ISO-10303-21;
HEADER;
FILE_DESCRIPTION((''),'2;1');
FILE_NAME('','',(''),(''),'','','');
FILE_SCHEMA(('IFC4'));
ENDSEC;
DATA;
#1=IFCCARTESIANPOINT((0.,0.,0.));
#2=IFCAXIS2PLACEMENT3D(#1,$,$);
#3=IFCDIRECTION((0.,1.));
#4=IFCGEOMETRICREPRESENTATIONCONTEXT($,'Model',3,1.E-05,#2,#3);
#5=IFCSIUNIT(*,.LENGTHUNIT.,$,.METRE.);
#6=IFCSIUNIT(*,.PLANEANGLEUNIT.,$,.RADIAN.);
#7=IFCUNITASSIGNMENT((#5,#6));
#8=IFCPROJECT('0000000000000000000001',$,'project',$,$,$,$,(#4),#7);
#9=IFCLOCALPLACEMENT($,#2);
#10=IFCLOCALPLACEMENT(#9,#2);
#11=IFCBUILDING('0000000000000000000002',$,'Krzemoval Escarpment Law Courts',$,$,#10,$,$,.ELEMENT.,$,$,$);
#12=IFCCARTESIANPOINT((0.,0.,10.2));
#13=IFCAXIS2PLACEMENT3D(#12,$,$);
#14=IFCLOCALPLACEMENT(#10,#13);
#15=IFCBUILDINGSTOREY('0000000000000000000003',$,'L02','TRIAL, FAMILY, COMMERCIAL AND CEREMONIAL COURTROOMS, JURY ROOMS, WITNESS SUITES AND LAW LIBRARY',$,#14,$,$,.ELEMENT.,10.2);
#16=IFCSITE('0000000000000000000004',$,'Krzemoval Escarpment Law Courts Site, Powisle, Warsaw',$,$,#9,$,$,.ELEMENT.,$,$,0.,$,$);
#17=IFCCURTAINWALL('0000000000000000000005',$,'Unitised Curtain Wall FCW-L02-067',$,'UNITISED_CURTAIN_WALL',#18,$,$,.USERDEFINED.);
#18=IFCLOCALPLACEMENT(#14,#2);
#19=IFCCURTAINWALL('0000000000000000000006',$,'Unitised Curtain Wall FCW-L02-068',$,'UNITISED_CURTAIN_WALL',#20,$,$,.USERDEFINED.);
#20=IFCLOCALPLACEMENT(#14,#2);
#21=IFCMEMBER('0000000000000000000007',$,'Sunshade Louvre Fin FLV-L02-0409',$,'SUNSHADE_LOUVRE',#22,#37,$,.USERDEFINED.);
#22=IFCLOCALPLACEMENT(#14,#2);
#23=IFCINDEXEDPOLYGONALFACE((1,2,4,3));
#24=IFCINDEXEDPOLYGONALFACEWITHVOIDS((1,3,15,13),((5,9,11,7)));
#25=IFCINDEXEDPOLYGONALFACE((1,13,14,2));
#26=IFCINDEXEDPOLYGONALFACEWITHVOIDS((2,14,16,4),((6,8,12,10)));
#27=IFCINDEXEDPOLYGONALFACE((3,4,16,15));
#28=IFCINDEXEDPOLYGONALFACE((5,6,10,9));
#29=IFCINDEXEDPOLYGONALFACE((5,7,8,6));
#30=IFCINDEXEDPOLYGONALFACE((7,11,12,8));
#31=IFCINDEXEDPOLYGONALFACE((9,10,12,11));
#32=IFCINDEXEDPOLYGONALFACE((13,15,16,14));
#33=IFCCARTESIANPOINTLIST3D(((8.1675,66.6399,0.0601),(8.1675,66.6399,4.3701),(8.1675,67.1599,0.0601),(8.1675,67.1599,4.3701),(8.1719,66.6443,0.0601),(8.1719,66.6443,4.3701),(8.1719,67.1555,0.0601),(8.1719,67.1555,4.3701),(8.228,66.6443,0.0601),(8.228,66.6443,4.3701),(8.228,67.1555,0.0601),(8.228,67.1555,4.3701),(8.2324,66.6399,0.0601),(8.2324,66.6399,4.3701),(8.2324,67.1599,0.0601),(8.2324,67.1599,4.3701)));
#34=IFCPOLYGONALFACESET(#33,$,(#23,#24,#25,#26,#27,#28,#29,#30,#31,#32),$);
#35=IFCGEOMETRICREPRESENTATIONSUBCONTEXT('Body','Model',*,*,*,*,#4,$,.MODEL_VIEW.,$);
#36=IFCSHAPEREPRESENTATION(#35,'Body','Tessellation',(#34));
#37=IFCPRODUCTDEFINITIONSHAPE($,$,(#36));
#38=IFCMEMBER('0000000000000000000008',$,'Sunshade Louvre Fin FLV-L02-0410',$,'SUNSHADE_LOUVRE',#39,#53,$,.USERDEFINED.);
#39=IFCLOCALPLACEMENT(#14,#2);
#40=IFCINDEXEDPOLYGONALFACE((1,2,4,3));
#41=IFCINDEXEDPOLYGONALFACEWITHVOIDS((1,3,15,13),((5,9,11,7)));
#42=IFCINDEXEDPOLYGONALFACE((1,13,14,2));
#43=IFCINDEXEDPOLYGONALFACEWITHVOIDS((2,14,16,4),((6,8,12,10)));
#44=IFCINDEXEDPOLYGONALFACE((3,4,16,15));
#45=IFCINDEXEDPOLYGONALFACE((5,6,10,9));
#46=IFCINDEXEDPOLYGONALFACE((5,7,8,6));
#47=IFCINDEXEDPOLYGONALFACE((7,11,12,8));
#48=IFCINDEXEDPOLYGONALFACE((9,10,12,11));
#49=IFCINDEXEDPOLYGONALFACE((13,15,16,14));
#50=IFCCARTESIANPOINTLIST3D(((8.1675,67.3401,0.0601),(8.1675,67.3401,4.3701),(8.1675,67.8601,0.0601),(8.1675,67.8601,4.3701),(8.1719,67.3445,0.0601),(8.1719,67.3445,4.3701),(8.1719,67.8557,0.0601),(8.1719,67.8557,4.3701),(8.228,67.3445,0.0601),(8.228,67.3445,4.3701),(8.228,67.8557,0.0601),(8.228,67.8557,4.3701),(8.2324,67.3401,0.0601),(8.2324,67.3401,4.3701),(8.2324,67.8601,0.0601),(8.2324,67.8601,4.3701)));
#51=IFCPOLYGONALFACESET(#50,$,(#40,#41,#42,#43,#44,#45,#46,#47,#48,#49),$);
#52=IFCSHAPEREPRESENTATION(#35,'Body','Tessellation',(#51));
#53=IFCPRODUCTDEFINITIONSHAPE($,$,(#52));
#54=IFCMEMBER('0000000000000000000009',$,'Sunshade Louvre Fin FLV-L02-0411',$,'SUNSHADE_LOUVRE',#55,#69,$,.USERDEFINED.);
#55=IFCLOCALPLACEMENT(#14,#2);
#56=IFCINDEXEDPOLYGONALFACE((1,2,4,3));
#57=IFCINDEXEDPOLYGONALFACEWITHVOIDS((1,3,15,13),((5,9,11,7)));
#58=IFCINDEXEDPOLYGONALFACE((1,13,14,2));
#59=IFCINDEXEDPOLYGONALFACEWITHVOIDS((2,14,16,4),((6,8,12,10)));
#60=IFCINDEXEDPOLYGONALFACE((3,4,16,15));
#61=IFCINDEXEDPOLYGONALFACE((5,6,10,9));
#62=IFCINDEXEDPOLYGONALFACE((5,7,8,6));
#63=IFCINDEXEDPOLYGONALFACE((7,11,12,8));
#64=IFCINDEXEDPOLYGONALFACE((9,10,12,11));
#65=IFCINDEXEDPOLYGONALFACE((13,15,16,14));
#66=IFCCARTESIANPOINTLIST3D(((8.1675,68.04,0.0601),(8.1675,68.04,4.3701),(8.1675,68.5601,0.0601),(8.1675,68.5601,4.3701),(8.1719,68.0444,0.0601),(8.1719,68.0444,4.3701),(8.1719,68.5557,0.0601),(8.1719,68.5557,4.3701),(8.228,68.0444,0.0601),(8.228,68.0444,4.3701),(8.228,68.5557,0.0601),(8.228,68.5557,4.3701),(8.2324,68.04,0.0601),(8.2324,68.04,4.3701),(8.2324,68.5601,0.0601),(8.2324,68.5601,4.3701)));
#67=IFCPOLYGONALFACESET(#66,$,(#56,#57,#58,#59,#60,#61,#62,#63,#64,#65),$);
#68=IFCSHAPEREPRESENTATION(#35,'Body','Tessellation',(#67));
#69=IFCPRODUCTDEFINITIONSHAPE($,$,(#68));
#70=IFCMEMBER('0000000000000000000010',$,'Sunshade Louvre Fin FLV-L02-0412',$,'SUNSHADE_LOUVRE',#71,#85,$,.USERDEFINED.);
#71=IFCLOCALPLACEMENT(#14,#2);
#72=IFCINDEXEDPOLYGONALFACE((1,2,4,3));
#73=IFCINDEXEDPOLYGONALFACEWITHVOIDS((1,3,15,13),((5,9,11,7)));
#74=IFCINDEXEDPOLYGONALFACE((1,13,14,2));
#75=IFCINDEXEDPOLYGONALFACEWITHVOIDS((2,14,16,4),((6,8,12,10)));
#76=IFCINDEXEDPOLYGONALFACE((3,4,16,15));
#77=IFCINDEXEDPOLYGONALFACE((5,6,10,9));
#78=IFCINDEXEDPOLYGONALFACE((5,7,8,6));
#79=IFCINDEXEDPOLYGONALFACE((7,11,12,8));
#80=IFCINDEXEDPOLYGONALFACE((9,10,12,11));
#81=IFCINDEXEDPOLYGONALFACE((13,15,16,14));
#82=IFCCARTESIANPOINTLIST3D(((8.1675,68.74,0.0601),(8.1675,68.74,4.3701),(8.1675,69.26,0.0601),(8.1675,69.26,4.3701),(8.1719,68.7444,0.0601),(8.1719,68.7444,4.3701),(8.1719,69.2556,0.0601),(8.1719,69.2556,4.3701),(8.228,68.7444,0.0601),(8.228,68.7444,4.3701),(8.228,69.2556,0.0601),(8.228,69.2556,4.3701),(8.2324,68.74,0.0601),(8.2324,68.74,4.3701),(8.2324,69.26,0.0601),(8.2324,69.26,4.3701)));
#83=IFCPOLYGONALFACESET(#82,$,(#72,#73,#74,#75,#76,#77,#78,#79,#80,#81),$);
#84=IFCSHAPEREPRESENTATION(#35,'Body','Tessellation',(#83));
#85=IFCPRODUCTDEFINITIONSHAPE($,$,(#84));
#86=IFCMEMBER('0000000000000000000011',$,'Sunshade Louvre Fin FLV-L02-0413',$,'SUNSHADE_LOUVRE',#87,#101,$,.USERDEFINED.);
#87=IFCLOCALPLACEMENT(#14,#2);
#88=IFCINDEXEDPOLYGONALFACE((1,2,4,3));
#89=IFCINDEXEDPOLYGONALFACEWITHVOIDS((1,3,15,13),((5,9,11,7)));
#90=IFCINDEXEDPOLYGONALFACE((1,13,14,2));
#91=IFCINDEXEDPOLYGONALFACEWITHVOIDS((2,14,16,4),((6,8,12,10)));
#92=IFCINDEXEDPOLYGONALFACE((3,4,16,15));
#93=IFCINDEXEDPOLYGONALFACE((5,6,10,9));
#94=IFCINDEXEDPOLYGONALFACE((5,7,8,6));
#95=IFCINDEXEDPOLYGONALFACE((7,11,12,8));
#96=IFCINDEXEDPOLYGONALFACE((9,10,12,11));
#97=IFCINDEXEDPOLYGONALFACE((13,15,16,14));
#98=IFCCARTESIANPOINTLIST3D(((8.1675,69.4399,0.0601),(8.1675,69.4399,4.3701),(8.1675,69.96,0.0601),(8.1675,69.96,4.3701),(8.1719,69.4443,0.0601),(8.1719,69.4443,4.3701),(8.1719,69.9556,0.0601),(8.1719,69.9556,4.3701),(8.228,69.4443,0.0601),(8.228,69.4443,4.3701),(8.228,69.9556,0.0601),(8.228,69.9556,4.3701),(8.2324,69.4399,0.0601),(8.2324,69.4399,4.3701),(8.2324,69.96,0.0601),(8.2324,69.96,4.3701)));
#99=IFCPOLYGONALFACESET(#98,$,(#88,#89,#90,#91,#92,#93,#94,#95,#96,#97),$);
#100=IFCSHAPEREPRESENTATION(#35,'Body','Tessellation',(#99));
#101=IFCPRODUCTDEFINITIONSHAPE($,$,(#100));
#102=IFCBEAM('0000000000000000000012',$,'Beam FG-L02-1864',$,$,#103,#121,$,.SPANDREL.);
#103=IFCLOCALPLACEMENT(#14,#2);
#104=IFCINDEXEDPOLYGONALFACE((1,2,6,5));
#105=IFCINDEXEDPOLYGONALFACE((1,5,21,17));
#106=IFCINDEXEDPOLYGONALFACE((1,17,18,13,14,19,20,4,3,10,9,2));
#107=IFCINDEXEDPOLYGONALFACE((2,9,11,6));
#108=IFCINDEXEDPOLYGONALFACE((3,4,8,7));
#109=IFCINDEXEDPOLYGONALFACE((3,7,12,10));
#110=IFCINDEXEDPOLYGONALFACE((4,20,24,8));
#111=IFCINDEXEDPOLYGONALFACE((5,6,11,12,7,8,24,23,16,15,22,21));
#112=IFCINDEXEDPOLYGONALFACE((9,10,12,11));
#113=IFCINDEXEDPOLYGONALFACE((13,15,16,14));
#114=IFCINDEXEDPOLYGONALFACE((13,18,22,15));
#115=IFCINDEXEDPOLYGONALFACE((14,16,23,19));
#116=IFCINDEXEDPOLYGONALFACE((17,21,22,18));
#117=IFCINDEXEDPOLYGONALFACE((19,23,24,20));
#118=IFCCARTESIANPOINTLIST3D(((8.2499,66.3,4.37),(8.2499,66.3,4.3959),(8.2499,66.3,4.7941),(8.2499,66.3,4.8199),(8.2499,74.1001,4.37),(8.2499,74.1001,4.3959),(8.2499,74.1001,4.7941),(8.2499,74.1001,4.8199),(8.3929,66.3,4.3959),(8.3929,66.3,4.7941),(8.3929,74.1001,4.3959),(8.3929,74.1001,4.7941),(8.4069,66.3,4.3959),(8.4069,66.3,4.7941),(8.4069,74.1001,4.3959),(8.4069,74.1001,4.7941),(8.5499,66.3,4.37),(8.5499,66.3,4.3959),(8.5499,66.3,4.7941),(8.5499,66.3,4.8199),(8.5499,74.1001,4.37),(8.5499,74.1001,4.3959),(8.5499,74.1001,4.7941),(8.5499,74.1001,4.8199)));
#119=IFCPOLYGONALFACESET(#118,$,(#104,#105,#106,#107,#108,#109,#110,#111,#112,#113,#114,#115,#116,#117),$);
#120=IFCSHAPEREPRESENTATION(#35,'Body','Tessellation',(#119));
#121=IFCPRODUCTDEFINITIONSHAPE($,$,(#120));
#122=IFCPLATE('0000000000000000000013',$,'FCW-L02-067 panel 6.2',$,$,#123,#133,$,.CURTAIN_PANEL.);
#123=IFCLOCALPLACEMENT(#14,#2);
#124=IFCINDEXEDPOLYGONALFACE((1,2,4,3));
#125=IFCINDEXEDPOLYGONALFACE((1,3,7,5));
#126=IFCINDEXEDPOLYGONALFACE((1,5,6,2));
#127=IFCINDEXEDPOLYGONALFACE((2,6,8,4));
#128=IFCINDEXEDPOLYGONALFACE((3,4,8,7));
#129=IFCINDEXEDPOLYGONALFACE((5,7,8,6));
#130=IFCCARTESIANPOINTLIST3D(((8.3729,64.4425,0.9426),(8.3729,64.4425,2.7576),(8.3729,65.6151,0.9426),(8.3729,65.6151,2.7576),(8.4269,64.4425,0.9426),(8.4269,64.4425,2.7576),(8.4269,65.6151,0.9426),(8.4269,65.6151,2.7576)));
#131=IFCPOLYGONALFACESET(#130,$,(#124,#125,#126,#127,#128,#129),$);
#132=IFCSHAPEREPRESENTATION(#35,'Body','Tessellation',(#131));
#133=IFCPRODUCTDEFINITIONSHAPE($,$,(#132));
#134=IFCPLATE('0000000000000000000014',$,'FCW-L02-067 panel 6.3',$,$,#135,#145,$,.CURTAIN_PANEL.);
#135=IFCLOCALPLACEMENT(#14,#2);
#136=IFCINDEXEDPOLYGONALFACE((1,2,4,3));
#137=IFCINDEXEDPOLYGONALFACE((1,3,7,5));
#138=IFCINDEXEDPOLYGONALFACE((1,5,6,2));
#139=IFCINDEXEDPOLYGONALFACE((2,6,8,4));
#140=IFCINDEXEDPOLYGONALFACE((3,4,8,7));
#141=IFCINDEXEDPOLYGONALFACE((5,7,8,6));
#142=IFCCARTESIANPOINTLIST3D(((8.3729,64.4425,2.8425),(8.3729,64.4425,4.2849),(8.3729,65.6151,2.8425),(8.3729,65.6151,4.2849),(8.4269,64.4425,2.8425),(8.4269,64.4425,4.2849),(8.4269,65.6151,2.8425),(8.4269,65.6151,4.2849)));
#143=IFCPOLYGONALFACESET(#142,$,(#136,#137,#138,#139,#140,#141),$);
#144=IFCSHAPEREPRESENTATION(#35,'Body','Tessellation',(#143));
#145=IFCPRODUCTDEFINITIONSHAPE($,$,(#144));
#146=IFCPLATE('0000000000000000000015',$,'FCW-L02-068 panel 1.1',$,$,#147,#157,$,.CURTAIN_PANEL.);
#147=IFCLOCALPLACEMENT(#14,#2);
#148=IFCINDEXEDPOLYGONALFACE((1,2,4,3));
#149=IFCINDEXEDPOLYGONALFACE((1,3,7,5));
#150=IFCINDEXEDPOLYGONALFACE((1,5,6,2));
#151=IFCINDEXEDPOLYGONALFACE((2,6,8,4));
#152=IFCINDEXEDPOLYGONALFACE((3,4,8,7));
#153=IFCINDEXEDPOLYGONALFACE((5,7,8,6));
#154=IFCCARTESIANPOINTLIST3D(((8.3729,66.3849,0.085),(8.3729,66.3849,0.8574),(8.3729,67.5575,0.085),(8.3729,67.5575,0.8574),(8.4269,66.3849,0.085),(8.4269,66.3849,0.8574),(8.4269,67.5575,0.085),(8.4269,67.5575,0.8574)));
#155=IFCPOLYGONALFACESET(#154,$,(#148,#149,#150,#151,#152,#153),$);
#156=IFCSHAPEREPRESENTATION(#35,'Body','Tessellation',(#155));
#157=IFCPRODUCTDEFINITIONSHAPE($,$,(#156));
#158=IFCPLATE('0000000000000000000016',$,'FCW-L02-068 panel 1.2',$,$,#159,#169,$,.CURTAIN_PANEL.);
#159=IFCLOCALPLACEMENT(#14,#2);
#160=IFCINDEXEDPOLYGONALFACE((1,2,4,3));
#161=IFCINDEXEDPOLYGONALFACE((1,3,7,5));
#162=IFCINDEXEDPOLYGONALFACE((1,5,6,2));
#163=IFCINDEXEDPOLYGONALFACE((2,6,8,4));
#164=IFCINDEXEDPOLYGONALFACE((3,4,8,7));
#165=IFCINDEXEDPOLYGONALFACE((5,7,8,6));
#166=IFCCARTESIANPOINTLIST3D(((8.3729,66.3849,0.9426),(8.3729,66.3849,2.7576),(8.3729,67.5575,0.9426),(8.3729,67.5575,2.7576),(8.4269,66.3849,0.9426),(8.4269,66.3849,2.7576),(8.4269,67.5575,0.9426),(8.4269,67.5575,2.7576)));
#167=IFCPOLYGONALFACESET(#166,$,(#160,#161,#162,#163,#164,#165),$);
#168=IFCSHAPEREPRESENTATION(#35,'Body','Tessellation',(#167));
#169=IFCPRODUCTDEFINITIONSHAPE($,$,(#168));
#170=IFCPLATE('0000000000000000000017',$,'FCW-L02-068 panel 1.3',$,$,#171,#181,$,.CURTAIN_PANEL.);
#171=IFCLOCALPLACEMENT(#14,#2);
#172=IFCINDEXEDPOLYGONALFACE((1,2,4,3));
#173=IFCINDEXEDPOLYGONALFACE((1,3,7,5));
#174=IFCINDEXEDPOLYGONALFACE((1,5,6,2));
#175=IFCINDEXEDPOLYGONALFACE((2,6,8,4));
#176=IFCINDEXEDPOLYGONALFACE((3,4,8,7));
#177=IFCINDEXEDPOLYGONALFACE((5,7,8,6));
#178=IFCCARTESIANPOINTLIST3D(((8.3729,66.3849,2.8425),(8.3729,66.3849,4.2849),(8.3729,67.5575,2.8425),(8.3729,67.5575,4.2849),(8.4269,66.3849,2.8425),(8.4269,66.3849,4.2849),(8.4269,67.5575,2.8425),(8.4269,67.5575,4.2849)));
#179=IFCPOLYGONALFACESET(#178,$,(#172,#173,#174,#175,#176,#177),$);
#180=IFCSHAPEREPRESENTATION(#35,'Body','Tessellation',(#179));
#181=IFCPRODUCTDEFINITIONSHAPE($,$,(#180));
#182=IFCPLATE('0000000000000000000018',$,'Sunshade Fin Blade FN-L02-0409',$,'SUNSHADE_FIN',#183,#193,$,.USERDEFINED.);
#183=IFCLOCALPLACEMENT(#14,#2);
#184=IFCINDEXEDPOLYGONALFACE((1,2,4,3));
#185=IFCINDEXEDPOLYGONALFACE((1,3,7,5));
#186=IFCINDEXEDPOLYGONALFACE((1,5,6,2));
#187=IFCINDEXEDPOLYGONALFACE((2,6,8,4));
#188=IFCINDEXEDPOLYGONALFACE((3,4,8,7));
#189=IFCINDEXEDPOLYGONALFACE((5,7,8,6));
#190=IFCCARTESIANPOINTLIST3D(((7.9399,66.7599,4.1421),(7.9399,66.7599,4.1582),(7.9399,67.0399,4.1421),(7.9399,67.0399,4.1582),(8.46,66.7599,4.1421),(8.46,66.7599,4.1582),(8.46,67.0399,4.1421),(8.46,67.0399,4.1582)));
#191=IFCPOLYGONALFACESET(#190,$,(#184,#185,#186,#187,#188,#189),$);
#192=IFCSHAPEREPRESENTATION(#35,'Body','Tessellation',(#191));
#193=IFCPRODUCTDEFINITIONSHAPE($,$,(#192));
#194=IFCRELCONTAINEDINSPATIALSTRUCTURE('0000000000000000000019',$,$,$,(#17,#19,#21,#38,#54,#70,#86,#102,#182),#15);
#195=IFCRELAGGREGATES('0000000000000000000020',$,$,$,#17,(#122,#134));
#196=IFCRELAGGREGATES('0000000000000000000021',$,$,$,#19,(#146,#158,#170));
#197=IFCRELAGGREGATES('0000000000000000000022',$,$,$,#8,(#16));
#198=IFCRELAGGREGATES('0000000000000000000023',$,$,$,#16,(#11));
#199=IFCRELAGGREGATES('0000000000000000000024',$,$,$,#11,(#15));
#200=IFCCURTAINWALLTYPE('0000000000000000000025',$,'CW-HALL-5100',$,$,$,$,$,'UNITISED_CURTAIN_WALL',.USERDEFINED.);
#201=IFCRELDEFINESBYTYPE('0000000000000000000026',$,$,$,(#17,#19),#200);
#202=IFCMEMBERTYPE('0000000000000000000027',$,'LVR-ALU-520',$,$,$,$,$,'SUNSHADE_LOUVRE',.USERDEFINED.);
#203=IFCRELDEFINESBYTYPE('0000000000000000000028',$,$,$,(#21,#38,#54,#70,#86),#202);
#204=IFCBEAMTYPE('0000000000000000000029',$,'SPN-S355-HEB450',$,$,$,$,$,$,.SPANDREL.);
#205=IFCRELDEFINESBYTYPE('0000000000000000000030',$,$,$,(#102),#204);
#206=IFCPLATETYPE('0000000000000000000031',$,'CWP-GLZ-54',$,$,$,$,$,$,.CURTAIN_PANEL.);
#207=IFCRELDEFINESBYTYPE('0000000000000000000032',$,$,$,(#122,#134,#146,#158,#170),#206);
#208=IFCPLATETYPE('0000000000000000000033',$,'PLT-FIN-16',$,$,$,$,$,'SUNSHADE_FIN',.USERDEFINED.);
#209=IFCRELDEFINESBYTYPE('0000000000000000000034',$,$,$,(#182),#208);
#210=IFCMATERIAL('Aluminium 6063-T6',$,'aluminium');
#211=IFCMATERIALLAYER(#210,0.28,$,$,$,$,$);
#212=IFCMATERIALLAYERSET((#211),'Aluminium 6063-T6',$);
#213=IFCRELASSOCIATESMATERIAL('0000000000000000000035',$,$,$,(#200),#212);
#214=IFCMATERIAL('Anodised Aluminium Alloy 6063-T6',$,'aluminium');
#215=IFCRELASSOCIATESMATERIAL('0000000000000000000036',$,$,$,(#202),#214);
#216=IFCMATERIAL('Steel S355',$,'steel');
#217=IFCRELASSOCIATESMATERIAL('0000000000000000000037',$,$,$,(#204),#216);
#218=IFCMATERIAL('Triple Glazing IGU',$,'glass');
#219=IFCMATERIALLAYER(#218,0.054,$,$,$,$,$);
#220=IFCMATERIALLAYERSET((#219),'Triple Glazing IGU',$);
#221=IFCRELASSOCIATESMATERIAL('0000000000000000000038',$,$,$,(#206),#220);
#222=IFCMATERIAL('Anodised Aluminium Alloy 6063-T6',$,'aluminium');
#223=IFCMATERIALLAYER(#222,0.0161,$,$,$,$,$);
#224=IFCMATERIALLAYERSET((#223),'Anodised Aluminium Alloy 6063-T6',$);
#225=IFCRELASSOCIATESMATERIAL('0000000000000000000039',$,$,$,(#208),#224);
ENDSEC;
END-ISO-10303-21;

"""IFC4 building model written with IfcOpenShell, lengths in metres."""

from ifc_helpers import new_model, si_unit, direction, frame, origin, origin_2d, place, context, subcontext, project, spatial, rectangle, hollow_rectangle, i_section, extrude, material, layer, layer_set, material_profile, profile_set, type_object, element, aggregate, save


model = new_model("IFC4")

# Units and contexts
model_context = context("Model", 3, precision=1e-05, world=origin(), true_north=direction((0.0, 1.0)))
body_context = subcontext(model_context, "Body", "Model", "MODEL_VIEW")
ifc_project = project(units=[si_unit("LENGTHUNIT", "METRE"), si_unit("PLANEANGLEUNIT", "RADIAN")], contexts=[model_context])

# Site, building, storey
site_placement = place(None, origin())
site = spatial("IfcSite", under=ifc_project, at=site_placement, Name="Krzemoval Escarpment Law Courts Site, Powisle, Warsaw", CompositionType="ELEMENT", RefElevation=0.0)
building_placement = place(site_placement, origin())
building = spatial("IfcBuilding", under=site, at=building_placement, Name="Krzemoval Escarpment Law Courts", CompositionType="ELEMENT")
storey_placement = place(building_placement, frame((0.0, 0.0, 10.2)))
storey = spatial("IfcBuildingStorey", under=building, at=storey_placement, Name="L02", Description="TRIAL, FAMILY, COMMERCIAL AND CEREMONIAL COURTROOMS, JURY ROOMS, WITNESS SUITES AND LAW LIBRARY", CompositionType="ELEMENT", Elevation=10.2)

# Curtain wall
ifc_material_1 = material(Name="Aluminium 6063-T6", Category="aluminium")
ifc_layer_1 = layer(ifc_material_1, 0.28)
ifc_layer_set_1 = layer_set([ifc_layer_1], Name="Aluminium 6063-T6")
curtain_wall_type = type_object("IfcCurtainWallType", Name="CW-HALL-5100", ElementType="UNITISED_CURTAIN_WALL", PredefinedType="USERDEFINED", material=ifc_layer_set_1)
curtain_wall_1_placement = place(storey_placement, origin())
curtain_wall_1 = element("IfcCurtainWall", 1, at=curtain_wall_1_placement, inside=storey, type_object=curtain_wall_type, Name="Unitised Curtain Wall FCW-L02-067", ObjectType="UNITISED_CURTAIN_WALL", PredefinedType="USERDEFINED")

# Curtain wall
curtain_wall_2_placement = place(storey_placement, origin())
curtain_wall_2 = element("IfcCurtainWall", 2, at=curtain_wall_2_placement, inside=storey, type_object=curtain_wall_type, Name="Unitised Curtain Wall FCW-L02-068", ObjectType="UNITISED_CURTAIN_WALL", PredefinedType="USERDEFINED")

# Members
ifc_material_2 = material(Name="Anodised Aluminium Alloy 6063-T6", Category="aluminium")
ifc_material_profile_1 = material_profile(ifc_material_2, hollow_rectangle(XDim=0.0649, YDim=0.52, WallThickness=0.0044, at=origin_2d()), Name="ALU LVR 65x520")
ifc_profile_set_1 = profile_set([ifc_material_profile_1], Name="Anodised Aluminium Alloy 6063-T6")
member_type_1 = type_object("IfcMemberType", Name="LVR-ALU-520", ElementType="SUNSHADE_LOUVRE", PredefinedType="USERDEFINED", material=ifc_profile_set_1)
for number, where, z_axis, x_axis, name in (
    (3, (8.2, 66.8999, 0.0601), (0.0, 0.0, 1.0), (1.0, 0.0, 0.0), "Sunshade Louvre Fin FLV-L02-0409"),
    (4, (8.2, 67.6001, 0.0601), (0.0, 0.0, 1.0), (1.0, 0.0, 0.0), "Sunshade Louvre Fin FLV-L02-0410"),
    (5, (8.2, 68.3, 0.0601), (0.0, 0.0, 1.0), (1.0, 0.0, 0.0), "Sunshade Louvre Fin FLV-L02-0411"),
    (6, (8.2, 69.0, 0.0601), (0.0, 0.0, 1.0), (1.0, 0.0, 0.0), "Sunshade Louvre Fin FLV-L02-0412"),
    (7, (8.2, 69.7, 0.0601), (0.0, 0.0, 1.0), (1.0, 0.0, 0.0), "Sunshade Louvre Fin FLV-L02-0413"),
):
    element("IfcMember", number, at=place(storey_placement, frame(where, z_axis=z_axis, x_axis=x_axis)), inside=storey, type_object=member_type_1, Name=name, ObjectType="SUNSHADE_LOUVRE", PredefinedType="USERDEFINED", context=body_context, shape_type="SweptSolid", body=[
        extrude(hollow_rectangle(XDim=0.0649, YDim=0.52, WallThickness=0.0044, at=origin_2d()), origin(), (0.0, 0.0, 1.0), 4.3101),
    ])

# Beam
ifc_material_3 = material(Name="Steel S355", Category="steel")
ifc_material_profile_2 = material_profile(ifc_material_3, i_section(OverallWidth=0.3, OverallDepth=0.45, WebThickness=0.0139, FlangeThickness=0.0259, at=origin_2d()), Name="HEB 450")
ifc_profile_set_2 = profile_set([ifc_material_profile_2], Name="Steel S355")
beam_type = type_object("IfcBeamType", Name="SPN-S355-HEB450", PredefinedType="SPANDREL", material=ifc_profile_set_2)
beam_placement = place(storey_placement, frame((8.3999, 66.3, 4.595), z_axis=(0.0, 1.0, 0.0), x_axis=(-1.0, 0.0, 0.0)))
element("IfcBeam", 8, at=beam_placement, inside=storey, type_object=beam_type, Name="Beam FG-L02-1864", PredefinedType="SPANDREL", context=body_context, shape_type="SweptSolid", body=[
    extrude(i_section(OverallWidth=0.3, OverallDepth=0.45, WebThickness=0.0139, FlangeThickness=0.0259, at=origin_2d()), origin(), (0.0, 0.0, 1.0), 7.8),
])

# Plates
ifc_material_4 = material(Name="Triple Glazing IGU", Category="glass")
ifc_layer_2 = layer(ifc_material_4, 0.054)
ifc_layer_set_2 = layer_set([ifc_layer_2], Name="Triple Glazing IGU")
plate_type_1 = type_object("IfcPlateType", Name="CWP-GLZ-54", PredefinedType="CURTAIN_PANEL", material=ifc_layer_set_2)
plate_1_placement = place(storey_placement, frame((8.3999, 65.0288, 0.9426), z_axis=(0.0, 0.0, 1.0), x_axis=(0.0, 1.0, 0.0)))
plate_1 = element("IfcPlate", 9, at=plate_1_placement, type_object=plate_type_1, Name="FCW-L02-067 panel 6.2", PredefinedType="CURTAIN_PANEL", context=body_context, shape_type="SweptSolid", body=[
    extrude(rectangle(XDim=1.1726, YDim=0.054, at=origin_2d()), origin(), (0.0, 0.0, 1.0), 1.8149),
])
plate_2_placement = place(storey_placement, frame((8.3999, 65.0288, 2.8425), z_axis=(0.0, 0.0, 1.0), x_axis=(0.0, 1.0, 0.0)))
plate_2 = element("IfcPlate", 10, at=plate_2_placement, type_object=plate_type_1, Name="FCW-L02-067 panel 6.3", PredefinedType="CURTAIN_PANEL", context=body_context, shape_type="SweptSolid", body=[
    extrude(rectangle(XDim=1.1726, YDim=0.054, at=origin_2d()), origin(), (0.0, 0.0, 1.0), 1.4424),
])
aggregate(curtain_wall_1, [plate_1, plate_2])
plate_3_placement = place(storey_placement, frame((8.3999, 66.9712, 0.085), z_axis=(0.0, 0.0, 1.0), x_axis=(0.0, 1.0, 0.0)))
plate_3 = element("IfcPlate", 11, at=plate_3_placement, type_object=plate_type_1, Name="FCW-L02-068 panel 1.1", PredefinedType="CURTAIN_PANEL", context=body_context, shape_type="SweptSolid", body=[
    extrude(rectangle(XDim=1.1726, YDim=0.054, at=origin_2d()), origin(), (0.0, 0.0, 1.0), 0.7725),
])
plate_4_placement = place(storey_placement, frame((8.3999, 66.9712, 0.9426), z_axis=(0.0, 0.0, 1.0), x_axis=(0.0, 1.0, 0.0)))
plate_4 = element("IfcPlate", 12, at=plate_4_placement, type_object=plate_type_1, Name="FCW-L02-068 panel 1.2", PredefinedType="CURTAIN_PANEL", context=body_context, shape_type="SweptSolid", body=[
    extrude(rectangle(XDim=1.1726, YDim=0.054, at=origin_2d()), origin(), (0.0, 0.0, 1.0), 1.8149),
])
plate_5_placement = place(storey_placement, frame((8.3999, 66.9712, 2.8425), z_axis=(0.0, 0.0, 1.0), x_axis=(0.0, 1.0, 0.0)))
plate_5 = element("IfcPlate", 13, at=plate_5_placement, type_object=plate_type_1, Name="FCW-L02-068 panel 1.3", PredefinedType="CURTAIN_PANEL", context=body_context, shape_type="SweptSolid", body=[
    extrude(rectangle(XDim=1.1726, YDim=0.054, at=origin_2d()), origin(), (0.0, 0.0, 1.0), 1.4424),
])
aggregate(curtain_wall_2, [plate_3, plate_4, plate_5])
ifc_material_5 = material(Name="Anodised Aluminium Alloy 6063-T6", Category="aluminium")
ifc_layer_3 = layer(ifc_material_5, 0.0161)
ifc_layer_set_3 = layer_set([ifc_layer_3], Name="Anodised Aluminium Alloy 6063-T6")
plate_type_2 = type_object("IfcPlateType", Name="PLT-FIN-16", ElementType="SUNSHADE_FIN", PredefinedType="USERDEFINED", material=ifc_layer_set_3)
plate_6_placement = place(storey_placement, frame((8.2, 66.8999, 4.1421), z_axis=(0.0, 0.0, 1.0), x_axis=(-1.0, 0.0, 0.0)))
element("IfcPlate", 14, at=plate_6_placement, inside=storey, type_object=plate_type_2, Name="Sunshade Fin Blade FN-L02-0409", ObjectType="SUNSHADE_FIN", PredefinedType="USERDEFINED", context=body_context, shape_type="SweptSolid", body=[
    extrude(rectangle(XDim=0.52, YDim=0.28, at=origin_2d()), origin(), (0.0, 0.0, 1.0), 0.0161),
])

save(model, "model.ifc")
